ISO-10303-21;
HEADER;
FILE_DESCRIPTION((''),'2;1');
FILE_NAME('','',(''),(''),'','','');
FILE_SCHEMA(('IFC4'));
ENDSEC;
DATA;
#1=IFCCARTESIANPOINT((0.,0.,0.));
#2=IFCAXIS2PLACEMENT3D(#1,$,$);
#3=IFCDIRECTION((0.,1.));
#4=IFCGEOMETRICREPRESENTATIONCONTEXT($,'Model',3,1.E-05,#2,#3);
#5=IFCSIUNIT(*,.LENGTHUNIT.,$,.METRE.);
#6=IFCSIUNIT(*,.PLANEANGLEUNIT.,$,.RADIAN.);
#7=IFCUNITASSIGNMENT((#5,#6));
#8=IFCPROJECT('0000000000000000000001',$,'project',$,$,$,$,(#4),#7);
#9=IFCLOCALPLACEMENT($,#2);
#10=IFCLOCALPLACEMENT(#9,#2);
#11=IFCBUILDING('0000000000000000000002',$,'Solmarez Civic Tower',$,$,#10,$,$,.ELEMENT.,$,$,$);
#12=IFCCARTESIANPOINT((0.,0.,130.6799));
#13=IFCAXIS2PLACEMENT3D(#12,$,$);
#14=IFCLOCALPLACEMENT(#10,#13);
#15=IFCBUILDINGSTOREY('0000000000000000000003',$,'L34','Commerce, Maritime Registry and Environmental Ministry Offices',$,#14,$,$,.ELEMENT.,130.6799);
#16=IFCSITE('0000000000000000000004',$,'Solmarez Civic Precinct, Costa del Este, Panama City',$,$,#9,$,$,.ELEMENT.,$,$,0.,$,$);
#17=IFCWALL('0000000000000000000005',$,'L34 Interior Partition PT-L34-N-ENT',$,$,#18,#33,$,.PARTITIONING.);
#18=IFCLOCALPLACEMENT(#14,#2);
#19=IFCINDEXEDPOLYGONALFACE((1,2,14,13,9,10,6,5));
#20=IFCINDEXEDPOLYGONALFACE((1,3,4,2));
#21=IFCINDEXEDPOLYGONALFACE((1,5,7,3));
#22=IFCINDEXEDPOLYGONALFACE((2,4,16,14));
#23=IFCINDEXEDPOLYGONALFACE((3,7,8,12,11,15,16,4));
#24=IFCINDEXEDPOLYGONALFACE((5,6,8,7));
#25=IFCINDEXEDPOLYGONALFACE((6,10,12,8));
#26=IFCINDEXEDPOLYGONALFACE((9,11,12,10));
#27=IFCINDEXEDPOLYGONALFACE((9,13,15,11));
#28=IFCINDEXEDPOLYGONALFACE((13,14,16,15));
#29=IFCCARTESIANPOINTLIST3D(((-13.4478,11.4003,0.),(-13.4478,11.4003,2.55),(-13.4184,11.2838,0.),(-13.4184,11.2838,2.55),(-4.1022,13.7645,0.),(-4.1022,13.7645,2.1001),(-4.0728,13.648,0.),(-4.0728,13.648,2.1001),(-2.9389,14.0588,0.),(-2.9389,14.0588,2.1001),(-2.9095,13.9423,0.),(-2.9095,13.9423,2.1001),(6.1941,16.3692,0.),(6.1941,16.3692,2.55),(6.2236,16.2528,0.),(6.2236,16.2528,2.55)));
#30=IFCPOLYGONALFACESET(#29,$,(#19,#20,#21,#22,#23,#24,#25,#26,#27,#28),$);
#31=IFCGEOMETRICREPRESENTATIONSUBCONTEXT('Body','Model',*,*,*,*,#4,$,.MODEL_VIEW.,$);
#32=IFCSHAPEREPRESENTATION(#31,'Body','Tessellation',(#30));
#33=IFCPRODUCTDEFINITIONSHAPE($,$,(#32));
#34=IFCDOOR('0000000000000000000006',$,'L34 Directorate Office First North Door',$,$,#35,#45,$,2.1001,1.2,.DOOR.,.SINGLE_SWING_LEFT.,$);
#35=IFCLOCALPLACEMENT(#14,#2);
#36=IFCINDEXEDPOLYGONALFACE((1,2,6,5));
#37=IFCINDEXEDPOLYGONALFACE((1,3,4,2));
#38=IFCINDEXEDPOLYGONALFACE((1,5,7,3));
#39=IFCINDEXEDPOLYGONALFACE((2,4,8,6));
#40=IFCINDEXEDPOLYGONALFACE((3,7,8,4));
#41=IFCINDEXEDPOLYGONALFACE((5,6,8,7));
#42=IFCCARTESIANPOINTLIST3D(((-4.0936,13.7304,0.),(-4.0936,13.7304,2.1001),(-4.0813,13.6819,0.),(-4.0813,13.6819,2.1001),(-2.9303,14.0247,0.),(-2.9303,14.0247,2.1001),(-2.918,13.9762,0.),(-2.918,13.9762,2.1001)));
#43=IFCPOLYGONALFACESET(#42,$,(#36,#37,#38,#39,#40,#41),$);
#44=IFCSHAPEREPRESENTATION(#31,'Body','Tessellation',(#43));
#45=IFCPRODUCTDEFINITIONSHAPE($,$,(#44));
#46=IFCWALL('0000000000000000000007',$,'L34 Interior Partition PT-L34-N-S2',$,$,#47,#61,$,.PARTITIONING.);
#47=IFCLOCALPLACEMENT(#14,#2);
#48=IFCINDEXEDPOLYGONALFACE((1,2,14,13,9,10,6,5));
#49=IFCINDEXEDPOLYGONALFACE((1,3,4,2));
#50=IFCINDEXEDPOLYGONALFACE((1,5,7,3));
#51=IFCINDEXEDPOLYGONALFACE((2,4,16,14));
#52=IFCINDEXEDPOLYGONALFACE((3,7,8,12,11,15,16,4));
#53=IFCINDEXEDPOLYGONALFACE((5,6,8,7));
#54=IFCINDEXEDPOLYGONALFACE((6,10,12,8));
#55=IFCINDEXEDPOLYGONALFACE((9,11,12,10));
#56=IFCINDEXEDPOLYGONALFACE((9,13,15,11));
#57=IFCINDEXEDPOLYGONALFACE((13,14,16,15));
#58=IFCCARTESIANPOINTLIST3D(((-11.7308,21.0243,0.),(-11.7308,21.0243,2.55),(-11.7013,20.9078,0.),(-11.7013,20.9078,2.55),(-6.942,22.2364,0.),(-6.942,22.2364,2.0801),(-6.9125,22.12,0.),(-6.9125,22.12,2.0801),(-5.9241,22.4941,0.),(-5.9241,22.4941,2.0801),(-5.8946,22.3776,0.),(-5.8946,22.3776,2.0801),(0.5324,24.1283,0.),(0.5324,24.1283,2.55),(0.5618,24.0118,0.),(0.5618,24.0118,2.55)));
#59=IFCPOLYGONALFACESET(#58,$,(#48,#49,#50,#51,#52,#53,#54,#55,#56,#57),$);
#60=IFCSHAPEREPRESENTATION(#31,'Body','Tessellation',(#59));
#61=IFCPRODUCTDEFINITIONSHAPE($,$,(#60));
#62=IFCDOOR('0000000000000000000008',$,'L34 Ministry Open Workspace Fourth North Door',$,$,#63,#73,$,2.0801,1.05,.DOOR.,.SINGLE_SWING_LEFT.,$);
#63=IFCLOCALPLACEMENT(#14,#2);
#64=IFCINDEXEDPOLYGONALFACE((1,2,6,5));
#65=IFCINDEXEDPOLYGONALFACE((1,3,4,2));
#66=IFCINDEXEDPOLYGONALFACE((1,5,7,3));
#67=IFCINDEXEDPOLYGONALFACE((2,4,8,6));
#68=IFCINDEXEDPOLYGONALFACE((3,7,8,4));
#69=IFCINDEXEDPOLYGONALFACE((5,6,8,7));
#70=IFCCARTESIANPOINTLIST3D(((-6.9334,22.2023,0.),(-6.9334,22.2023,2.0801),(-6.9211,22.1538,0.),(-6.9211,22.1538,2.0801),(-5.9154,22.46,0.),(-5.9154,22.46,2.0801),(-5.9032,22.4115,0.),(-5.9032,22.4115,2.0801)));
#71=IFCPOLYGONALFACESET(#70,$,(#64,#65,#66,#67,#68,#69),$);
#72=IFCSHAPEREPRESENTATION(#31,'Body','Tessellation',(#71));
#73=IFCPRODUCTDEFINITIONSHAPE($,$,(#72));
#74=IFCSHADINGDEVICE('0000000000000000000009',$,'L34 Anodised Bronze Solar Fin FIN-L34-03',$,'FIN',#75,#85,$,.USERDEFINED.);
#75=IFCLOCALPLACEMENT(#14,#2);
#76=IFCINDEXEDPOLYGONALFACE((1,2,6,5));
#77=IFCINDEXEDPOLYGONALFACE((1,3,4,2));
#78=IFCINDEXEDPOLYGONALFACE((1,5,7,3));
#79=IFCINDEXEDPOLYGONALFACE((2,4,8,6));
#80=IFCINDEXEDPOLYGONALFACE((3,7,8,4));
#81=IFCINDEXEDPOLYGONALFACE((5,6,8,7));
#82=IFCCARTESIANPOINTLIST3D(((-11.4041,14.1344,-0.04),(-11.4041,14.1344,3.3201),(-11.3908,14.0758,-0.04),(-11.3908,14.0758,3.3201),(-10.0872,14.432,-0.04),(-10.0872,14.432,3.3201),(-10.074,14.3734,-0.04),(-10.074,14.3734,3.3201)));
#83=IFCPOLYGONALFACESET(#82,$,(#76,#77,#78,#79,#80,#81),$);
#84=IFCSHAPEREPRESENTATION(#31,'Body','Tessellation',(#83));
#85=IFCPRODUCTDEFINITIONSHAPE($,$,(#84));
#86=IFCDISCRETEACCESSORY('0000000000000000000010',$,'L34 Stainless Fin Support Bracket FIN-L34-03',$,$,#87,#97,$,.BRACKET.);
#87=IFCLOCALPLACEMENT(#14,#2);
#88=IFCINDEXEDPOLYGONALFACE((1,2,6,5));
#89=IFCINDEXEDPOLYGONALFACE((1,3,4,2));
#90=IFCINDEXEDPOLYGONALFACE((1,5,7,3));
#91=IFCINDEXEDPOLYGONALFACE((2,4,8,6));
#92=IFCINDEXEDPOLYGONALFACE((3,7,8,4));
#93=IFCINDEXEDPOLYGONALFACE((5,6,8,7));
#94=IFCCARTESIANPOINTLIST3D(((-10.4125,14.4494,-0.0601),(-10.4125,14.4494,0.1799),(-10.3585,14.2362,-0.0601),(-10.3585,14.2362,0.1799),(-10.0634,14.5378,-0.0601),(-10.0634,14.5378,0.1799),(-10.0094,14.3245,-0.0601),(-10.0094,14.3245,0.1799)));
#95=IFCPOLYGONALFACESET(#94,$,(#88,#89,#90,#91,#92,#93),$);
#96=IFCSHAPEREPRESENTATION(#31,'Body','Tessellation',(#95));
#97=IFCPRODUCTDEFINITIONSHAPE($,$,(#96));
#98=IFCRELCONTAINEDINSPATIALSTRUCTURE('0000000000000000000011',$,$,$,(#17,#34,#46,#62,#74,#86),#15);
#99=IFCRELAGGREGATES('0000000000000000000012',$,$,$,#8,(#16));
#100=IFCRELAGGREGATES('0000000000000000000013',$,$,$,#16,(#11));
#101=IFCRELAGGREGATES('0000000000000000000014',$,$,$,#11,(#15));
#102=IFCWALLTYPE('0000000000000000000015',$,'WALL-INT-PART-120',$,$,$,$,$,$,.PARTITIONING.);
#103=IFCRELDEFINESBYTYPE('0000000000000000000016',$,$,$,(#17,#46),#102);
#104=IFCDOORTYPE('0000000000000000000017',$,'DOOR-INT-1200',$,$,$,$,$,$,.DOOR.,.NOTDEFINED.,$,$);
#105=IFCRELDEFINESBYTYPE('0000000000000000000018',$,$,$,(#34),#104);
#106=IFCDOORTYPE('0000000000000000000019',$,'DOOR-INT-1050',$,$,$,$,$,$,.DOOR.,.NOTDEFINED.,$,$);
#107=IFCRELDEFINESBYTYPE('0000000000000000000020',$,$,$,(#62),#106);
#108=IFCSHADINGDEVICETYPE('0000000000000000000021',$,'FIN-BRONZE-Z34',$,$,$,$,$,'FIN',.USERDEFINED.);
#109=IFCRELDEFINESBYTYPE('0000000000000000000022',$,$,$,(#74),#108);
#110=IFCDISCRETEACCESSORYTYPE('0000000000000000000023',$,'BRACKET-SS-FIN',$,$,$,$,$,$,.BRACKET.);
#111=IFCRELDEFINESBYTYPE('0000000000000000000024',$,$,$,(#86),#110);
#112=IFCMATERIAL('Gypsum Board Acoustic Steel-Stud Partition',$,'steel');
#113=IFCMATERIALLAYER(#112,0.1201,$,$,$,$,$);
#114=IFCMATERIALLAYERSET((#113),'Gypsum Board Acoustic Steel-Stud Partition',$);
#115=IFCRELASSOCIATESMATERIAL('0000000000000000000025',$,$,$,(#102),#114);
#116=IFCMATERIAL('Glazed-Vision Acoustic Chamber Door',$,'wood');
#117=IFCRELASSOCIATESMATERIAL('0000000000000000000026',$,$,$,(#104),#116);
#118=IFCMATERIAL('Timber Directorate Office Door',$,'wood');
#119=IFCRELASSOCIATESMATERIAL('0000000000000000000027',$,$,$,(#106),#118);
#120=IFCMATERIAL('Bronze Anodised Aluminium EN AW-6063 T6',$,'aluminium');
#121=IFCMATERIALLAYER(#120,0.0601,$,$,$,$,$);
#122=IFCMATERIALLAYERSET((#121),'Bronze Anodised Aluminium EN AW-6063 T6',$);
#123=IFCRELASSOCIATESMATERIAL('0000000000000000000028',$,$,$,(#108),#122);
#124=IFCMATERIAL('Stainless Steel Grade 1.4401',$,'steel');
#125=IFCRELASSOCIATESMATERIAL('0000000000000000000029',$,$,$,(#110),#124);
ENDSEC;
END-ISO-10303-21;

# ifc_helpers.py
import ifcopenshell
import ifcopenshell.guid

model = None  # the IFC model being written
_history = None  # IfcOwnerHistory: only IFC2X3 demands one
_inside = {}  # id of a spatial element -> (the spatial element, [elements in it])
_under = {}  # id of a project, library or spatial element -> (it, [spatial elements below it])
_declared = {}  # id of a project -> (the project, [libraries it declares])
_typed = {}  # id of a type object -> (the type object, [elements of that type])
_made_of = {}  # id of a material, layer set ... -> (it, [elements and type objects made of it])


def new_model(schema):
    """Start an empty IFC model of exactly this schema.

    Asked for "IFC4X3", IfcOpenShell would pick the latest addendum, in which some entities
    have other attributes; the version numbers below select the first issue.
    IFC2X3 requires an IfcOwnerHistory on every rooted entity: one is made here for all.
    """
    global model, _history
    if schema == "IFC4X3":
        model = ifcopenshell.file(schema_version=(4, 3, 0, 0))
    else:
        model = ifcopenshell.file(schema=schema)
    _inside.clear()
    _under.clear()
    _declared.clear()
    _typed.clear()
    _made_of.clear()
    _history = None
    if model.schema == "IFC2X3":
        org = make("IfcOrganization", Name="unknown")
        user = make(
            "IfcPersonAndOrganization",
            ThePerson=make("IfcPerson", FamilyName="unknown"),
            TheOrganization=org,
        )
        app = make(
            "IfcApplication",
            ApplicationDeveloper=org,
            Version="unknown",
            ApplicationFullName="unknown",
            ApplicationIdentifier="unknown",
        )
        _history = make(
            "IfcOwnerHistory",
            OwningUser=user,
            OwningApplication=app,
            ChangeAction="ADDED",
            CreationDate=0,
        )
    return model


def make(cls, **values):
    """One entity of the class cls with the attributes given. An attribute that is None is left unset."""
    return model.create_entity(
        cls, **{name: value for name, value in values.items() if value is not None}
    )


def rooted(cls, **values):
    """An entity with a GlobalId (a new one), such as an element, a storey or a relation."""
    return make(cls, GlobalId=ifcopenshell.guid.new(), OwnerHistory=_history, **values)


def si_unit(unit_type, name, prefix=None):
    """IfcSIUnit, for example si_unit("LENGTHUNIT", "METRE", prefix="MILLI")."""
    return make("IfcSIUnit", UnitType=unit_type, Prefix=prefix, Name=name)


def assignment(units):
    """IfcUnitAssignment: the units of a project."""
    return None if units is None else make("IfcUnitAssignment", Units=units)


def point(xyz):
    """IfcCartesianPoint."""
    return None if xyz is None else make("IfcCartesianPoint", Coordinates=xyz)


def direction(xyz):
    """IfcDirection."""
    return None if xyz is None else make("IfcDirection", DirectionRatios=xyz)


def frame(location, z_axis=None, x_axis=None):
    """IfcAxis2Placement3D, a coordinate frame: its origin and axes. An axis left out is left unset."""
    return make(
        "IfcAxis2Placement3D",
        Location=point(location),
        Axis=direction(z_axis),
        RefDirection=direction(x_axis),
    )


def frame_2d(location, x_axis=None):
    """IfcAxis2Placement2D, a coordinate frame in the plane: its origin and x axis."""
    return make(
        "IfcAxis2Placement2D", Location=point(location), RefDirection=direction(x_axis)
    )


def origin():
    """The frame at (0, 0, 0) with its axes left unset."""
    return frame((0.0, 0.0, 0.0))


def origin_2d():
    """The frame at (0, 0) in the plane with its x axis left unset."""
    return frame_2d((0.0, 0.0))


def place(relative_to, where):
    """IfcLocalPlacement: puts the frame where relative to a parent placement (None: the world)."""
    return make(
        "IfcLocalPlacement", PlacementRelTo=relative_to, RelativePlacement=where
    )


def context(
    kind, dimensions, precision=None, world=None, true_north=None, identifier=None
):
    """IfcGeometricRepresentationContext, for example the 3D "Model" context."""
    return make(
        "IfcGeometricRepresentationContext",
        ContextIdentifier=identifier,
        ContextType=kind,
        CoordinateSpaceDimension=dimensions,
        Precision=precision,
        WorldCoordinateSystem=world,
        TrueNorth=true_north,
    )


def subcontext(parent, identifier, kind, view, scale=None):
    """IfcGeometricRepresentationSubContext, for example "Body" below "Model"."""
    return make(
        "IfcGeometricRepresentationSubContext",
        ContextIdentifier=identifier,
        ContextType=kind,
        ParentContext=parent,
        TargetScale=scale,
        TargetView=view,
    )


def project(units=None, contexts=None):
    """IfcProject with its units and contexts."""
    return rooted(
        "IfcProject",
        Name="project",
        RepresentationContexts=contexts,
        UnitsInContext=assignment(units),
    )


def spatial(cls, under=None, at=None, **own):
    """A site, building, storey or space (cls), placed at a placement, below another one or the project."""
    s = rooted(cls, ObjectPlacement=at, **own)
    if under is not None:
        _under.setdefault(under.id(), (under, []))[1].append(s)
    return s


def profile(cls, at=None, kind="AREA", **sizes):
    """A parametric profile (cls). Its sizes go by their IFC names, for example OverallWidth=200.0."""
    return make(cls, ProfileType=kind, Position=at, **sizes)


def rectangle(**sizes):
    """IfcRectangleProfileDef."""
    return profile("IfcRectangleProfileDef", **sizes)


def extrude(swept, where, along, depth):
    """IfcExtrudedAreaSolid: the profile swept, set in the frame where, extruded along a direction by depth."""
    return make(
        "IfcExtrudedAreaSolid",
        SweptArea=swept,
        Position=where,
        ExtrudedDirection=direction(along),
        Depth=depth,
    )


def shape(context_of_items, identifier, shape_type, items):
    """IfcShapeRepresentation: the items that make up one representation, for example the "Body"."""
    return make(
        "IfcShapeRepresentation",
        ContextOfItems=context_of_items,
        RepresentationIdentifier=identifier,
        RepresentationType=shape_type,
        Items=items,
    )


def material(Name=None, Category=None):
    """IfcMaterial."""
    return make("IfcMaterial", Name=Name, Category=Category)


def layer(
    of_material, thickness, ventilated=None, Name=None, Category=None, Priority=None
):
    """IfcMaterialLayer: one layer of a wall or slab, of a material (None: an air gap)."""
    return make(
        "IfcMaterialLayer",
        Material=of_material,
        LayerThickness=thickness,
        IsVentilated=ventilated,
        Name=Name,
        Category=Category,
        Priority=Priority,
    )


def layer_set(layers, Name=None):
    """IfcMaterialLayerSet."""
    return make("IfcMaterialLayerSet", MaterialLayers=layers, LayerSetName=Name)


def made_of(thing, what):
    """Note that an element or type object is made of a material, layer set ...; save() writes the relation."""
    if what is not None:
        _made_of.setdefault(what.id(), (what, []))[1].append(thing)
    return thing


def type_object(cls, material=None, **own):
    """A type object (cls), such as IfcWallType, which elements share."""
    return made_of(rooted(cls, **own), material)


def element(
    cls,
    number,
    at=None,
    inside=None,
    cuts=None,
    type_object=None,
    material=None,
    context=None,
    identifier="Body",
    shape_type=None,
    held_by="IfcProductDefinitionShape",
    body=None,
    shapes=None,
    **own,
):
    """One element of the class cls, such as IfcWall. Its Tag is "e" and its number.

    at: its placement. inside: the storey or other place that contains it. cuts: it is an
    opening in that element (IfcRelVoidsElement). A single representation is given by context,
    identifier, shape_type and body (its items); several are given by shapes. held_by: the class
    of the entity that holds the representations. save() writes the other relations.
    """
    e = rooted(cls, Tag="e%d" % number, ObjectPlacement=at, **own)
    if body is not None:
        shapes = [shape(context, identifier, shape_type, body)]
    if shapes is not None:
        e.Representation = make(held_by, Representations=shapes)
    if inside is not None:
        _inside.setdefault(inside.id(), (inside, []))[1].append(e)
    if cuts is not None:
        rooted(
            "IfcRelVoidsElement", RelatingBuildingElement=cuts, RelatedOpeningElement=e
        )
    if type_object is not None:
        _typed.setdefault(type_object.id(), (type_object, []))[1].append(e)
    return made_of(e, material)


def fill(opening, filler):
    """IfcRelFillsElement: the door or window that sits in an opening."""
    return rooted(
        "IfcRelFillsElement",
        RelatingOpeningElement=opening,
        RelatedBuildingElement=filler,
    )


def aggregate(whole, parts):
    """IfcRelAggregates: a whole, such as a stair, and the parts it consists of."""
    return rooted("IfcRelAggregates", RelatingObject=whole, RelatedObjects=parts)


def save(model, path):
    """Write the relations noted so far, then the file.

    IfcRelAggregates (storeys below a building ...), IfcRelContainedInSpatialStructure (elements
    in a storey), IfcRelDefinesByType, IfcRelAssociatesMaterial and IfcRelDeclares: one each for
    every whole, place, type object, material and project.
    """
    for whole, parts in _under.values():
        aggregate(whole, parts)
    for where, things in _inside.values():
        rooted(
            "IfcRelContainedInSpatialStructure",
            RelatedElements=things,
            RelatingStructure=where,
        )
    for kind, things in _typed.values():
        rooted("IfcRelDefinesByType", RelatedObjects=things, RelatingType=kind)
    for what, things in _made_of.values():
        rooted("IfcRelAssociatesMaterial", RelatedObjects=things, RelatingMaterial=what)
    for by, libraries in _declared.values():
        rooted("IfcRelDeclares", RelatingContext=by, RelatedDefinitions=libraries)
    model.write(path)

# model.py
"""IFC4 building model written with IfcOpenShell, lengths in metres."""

from ifc_helpers import new_model, si_unit, direction, frame, frame_2d, origin, origin_2d, place, context, subcontext, project, spatial, rectangle, extrude, material, layer, layer_set, type_object, element, fill, save


model = new_model("IFC4")

# Units and contexts
model_context = context("Model", 3, precision=1e-05, world=origin(), true_north=direction((0.0, 1.0)))
body_context = subcontext(model_context, "Body", "Model", "MODEL_VIEW")
ifc_project = project(units=[si_unit("LENGTHUNIT", "METRE"), si_unit("PLANEANGLEUNIT", "RADIAN")], contexts=[model_context])

# Site, building, storey
site_placement = place(None, origin())
site = spatial("IfcSite", under=ifc_project, at=site_placement, Name="Solmarez Civic Precinct, Costa del Este, Panama City", CompositionType="ELEMENT", RefElevation=0.0)
building_placement = place(site_placement, origin())
building = spatial("IfcBuilding", under=site, at=building_placement, Name="Solmarez Civic Tower", CompositionType="ELEMENT")
storey_placement = place(building_placement, frame((0.0, 0.0, 130.6799)))
storey = spatial("IfcBuildingStorey", under=building, at=storey_placement, Name="L34", Description="Commerce, Maritime Registry and Environmental Ministry Offices", CompositionType="ELEMENT", Elevation=130.6799)

# Shared definitions
ifc_material_1 = material(Name="Gypsum Board Acoustic Steel-Stud Partition", Category="steel")
ifc_layer_1 = layer(ifc_material_1, 0.1201)
ifc_layer_set_1 = layer_set([ifc_layer_1], Name="Gypsum Board Acoustic Steel-Stud Partition")
wall_type_1 = type_object("IfcWallType", Name="WALL-INT-PART-120", PredefinedType="PARTITIONING", material=ifc_layer_set_1)

# Walls, openings, doors
wall_1_placement = place(storey_placement, frame((-13.4331, 11.342, 0.0), z_axis=(0.0, 0.0, 1.0), x_axis=(0.96946, 0.245251, 0.0)))
wall_1 = element("IfcWall", 1, at=wall_1_placement, inside=storey, type_object=wall_type_1, Name="L34 Interior Partition PT-L34-N-ENT", PredefinedType="PARTITIONING", context=body_context, shape_type="SweptSolid", body=[
    extrude(rectangle(XDim=20.2607, YDim=0.1201, at=frame_2d((10.1304, 0.0))), origin(), (0.0, 0.0, 1.0), 2.55),
])
opening_1_placement = place(wall_1_placement, frame((9.6399, 0.0, 0.0)))
opening_1 = element("IfcOpeningElement", 2, at=opening_1_placement, cuts=wall_1, PredefinedType="OPENING", context=body_context, shape_type="SweptSolid", body=[
    extrude(rectangle(XDim=1.2, YDim=2.1001, at=frame_2d((0.6001, 1.05))), frame((0.0, 0.0701, 0.0), z_axis=(0.0, -1.0, 0.0), x_axis=(1.0, 0.0, 0.0)), (0.0, 0.0, 1.0), 0.1401),
])
ifc_material_2 = material(Name="Glazed-Vision Acoustic Chamber Door", Category="wood")
door_type_1 = type_object("IfcDoorType", Name="DOOR-INT-1200", OperationType="NOTDEFINED", PredefinedType="DOOR", material=ifc_material_2)
door_1_placement = place(opening_1_placement, origin())
door_1 = element("IfcDoor", 3, at=door_1_placement, inside=storey, type_object=door_type_1, Name="L34 Directorate Office First North Door", OperationType="SINGLE_SWING_LEFT", OverallHeight=2.1001, OverallWidth=1.2, PredefinedType="DOOR", context=body_context, shape_type="SweptSolid", body=[
    extrude(rectangle(XDim=1.2, YDim=2.1001, at=frame_2d((0.6001, 1.05))), frame((0.0, 0.0249, 0.0), z_axis=(0.0, -1.0, 0.0), x_axis=(1.0, 0.0, 0.0)), (0.0, 0.0, 1.0), 0.05),
])
fill(opening_1, door_1)
wall_2_placement = place(storey_placement, frame((-11.7161, 20.9661, 0.0), z_axis=(0.0, 0.0, 1.0), x_axis=(0.969428, 0.245377, 0.0)))
wall_2 = element("IfcWall", 4, at=wall_2_placement, inside=storey, type_object=wall_type_1, Name="L34 Interior Partition PT-L34-N-S2", PredefinedType="PARTITIONING", context=body_context, shape_type="SweptSolid", body=[
    extrude(rectangle(XDim=12.6499, YDim=0.1201, at=frame_2d((6.325, 0.0))), origin(), (0.0, 0.0, 1.0), 2.55),
])
opening_2_placement = place(wall_2_placement, frame((4.9399, 0.0, 0.0)))
opening_2 = element("IfcOpeningElement", 5, at=opening_2_placement, cuts=wall_2, PredefinedType="OPENING", context=body_context, shape_type="SweptSolid", body=[
    extrude(rectangle(XDim=1.05, YDim=2.0801, at=frame_2d((0.5249, 1.04))), frame((0.0, 0.0701, 0.0), z_axis=(0.0, -1.0, 0.0), x_axis=(1.0, 0.0, 0.0)), (0.0, 0.0, 1.0), 0.1401),
])
ifc_material_3 = material(Name="Timber Directorate Office Door", Category="wood")
door_type_2 = type_object("IfcDoorType", Name="DOOR-INT-1050", OperationType="NOTDEFINED", PredefinedType="DOOR", material=ifc_material_3)
door_2_placement = place(opening_2_placement, origin())
door_2 = element("IfcDoor", 6, at=door_2_placement, inside=storey, type_object=door_type_2, Name="L34 Ministry Open Workspace Fourth North Door", OperationType="SINGLE_SWING_LEFT", OverallHeight=2.0801, OverallWidth=1.05, PredefinedType="DOOR", context=body_context, shape_type="SweptSolid", body=[
    extrude(rectangle(XDim=1.05, YDim=2.0801, at=frame_2d((0.5249, 1.04))), frame((0.0, 0.0249, 0.0), z_axis=(0.0, -1.0, 0.0), x_axis=(1.0, 0.0, 0.0)), (0.0, 0.0, 1.0), 0.05),
])
fill(opening_2, door_2)

# Shading device
ifc_material_4 = material(Name="Bronze Anodised Aluminium EN AW-6063 T6", Category="aluminium")
ifc_layer_2 = layer(ifc_material_4, 0.0601)
ifc_layer_set_2 = layer_set([ifc_layer_2], Name="Bronze Anodised Aluminium EN AW-6063 T6")
shading_device_type = type_object("IfcShadingDeviceType", Name="FIN-BRONZE-Z34", ElementType="FIN", PredefinedType="USERDEFINED", material=ifc_layer_set_2)
shading_device_placement = place(storey_placement, frame((-10.739, 14.2539, -0.04), z_axis=(0.0, 0.0, 1.0), x_axis=(-0.975392, -0.220476, 0.0)))
element("IfcShadingDevice", 7, at=shading_device_placement, inside=storey, type_object=shading_device_type, Name="L34 Anodised Bronze Solar Fin FIN-L34-03", ObjectType="FIN", PredefinedType="USERDEFINED", context=body_context, shape_type="SweptSolid", body=[
    extrude(rectangle(XDim=1.3501, YDim=0.0601, at=origin_2d()), origin(), (0.0, 0.0, 1.0), 3.3601),
])

# Discrete accessory
ifc_material_5 = material(Name="Stainless Steel Grade 1.4401", Category="steel")
discrete_accessory_type = type_object("IfcDiscreteAccessoryType", Name="BRACKET-SS-FIN", PredefinedType="BRACKET", material=ifc_material_5)
discrete_accessory_placement = place(storey_placement, frame((-10.2109, 14.387, -0.0601), z_axis=(0.0, 0.0, 1.0), x_axis=(-0.969443, -0.245316, 0.0)))
element("IfcDiscreteAccessory", 8, at=discrete_accessory_placement, inside=storey, type_object=discrete_accessory_type, Name="L34 Stainless Fin Support Bracket FIN-L34-03", PredefinedType="BRACKET", context=body_context, shape_type="SweptSolid", body=[
    extrude(rectangle(XDim=0.3601, YDim=0.22, at=origin_2d()), origin(), (0.0, 0.0, 1.0), 0.24),
])

save(model, "model.ifc")
